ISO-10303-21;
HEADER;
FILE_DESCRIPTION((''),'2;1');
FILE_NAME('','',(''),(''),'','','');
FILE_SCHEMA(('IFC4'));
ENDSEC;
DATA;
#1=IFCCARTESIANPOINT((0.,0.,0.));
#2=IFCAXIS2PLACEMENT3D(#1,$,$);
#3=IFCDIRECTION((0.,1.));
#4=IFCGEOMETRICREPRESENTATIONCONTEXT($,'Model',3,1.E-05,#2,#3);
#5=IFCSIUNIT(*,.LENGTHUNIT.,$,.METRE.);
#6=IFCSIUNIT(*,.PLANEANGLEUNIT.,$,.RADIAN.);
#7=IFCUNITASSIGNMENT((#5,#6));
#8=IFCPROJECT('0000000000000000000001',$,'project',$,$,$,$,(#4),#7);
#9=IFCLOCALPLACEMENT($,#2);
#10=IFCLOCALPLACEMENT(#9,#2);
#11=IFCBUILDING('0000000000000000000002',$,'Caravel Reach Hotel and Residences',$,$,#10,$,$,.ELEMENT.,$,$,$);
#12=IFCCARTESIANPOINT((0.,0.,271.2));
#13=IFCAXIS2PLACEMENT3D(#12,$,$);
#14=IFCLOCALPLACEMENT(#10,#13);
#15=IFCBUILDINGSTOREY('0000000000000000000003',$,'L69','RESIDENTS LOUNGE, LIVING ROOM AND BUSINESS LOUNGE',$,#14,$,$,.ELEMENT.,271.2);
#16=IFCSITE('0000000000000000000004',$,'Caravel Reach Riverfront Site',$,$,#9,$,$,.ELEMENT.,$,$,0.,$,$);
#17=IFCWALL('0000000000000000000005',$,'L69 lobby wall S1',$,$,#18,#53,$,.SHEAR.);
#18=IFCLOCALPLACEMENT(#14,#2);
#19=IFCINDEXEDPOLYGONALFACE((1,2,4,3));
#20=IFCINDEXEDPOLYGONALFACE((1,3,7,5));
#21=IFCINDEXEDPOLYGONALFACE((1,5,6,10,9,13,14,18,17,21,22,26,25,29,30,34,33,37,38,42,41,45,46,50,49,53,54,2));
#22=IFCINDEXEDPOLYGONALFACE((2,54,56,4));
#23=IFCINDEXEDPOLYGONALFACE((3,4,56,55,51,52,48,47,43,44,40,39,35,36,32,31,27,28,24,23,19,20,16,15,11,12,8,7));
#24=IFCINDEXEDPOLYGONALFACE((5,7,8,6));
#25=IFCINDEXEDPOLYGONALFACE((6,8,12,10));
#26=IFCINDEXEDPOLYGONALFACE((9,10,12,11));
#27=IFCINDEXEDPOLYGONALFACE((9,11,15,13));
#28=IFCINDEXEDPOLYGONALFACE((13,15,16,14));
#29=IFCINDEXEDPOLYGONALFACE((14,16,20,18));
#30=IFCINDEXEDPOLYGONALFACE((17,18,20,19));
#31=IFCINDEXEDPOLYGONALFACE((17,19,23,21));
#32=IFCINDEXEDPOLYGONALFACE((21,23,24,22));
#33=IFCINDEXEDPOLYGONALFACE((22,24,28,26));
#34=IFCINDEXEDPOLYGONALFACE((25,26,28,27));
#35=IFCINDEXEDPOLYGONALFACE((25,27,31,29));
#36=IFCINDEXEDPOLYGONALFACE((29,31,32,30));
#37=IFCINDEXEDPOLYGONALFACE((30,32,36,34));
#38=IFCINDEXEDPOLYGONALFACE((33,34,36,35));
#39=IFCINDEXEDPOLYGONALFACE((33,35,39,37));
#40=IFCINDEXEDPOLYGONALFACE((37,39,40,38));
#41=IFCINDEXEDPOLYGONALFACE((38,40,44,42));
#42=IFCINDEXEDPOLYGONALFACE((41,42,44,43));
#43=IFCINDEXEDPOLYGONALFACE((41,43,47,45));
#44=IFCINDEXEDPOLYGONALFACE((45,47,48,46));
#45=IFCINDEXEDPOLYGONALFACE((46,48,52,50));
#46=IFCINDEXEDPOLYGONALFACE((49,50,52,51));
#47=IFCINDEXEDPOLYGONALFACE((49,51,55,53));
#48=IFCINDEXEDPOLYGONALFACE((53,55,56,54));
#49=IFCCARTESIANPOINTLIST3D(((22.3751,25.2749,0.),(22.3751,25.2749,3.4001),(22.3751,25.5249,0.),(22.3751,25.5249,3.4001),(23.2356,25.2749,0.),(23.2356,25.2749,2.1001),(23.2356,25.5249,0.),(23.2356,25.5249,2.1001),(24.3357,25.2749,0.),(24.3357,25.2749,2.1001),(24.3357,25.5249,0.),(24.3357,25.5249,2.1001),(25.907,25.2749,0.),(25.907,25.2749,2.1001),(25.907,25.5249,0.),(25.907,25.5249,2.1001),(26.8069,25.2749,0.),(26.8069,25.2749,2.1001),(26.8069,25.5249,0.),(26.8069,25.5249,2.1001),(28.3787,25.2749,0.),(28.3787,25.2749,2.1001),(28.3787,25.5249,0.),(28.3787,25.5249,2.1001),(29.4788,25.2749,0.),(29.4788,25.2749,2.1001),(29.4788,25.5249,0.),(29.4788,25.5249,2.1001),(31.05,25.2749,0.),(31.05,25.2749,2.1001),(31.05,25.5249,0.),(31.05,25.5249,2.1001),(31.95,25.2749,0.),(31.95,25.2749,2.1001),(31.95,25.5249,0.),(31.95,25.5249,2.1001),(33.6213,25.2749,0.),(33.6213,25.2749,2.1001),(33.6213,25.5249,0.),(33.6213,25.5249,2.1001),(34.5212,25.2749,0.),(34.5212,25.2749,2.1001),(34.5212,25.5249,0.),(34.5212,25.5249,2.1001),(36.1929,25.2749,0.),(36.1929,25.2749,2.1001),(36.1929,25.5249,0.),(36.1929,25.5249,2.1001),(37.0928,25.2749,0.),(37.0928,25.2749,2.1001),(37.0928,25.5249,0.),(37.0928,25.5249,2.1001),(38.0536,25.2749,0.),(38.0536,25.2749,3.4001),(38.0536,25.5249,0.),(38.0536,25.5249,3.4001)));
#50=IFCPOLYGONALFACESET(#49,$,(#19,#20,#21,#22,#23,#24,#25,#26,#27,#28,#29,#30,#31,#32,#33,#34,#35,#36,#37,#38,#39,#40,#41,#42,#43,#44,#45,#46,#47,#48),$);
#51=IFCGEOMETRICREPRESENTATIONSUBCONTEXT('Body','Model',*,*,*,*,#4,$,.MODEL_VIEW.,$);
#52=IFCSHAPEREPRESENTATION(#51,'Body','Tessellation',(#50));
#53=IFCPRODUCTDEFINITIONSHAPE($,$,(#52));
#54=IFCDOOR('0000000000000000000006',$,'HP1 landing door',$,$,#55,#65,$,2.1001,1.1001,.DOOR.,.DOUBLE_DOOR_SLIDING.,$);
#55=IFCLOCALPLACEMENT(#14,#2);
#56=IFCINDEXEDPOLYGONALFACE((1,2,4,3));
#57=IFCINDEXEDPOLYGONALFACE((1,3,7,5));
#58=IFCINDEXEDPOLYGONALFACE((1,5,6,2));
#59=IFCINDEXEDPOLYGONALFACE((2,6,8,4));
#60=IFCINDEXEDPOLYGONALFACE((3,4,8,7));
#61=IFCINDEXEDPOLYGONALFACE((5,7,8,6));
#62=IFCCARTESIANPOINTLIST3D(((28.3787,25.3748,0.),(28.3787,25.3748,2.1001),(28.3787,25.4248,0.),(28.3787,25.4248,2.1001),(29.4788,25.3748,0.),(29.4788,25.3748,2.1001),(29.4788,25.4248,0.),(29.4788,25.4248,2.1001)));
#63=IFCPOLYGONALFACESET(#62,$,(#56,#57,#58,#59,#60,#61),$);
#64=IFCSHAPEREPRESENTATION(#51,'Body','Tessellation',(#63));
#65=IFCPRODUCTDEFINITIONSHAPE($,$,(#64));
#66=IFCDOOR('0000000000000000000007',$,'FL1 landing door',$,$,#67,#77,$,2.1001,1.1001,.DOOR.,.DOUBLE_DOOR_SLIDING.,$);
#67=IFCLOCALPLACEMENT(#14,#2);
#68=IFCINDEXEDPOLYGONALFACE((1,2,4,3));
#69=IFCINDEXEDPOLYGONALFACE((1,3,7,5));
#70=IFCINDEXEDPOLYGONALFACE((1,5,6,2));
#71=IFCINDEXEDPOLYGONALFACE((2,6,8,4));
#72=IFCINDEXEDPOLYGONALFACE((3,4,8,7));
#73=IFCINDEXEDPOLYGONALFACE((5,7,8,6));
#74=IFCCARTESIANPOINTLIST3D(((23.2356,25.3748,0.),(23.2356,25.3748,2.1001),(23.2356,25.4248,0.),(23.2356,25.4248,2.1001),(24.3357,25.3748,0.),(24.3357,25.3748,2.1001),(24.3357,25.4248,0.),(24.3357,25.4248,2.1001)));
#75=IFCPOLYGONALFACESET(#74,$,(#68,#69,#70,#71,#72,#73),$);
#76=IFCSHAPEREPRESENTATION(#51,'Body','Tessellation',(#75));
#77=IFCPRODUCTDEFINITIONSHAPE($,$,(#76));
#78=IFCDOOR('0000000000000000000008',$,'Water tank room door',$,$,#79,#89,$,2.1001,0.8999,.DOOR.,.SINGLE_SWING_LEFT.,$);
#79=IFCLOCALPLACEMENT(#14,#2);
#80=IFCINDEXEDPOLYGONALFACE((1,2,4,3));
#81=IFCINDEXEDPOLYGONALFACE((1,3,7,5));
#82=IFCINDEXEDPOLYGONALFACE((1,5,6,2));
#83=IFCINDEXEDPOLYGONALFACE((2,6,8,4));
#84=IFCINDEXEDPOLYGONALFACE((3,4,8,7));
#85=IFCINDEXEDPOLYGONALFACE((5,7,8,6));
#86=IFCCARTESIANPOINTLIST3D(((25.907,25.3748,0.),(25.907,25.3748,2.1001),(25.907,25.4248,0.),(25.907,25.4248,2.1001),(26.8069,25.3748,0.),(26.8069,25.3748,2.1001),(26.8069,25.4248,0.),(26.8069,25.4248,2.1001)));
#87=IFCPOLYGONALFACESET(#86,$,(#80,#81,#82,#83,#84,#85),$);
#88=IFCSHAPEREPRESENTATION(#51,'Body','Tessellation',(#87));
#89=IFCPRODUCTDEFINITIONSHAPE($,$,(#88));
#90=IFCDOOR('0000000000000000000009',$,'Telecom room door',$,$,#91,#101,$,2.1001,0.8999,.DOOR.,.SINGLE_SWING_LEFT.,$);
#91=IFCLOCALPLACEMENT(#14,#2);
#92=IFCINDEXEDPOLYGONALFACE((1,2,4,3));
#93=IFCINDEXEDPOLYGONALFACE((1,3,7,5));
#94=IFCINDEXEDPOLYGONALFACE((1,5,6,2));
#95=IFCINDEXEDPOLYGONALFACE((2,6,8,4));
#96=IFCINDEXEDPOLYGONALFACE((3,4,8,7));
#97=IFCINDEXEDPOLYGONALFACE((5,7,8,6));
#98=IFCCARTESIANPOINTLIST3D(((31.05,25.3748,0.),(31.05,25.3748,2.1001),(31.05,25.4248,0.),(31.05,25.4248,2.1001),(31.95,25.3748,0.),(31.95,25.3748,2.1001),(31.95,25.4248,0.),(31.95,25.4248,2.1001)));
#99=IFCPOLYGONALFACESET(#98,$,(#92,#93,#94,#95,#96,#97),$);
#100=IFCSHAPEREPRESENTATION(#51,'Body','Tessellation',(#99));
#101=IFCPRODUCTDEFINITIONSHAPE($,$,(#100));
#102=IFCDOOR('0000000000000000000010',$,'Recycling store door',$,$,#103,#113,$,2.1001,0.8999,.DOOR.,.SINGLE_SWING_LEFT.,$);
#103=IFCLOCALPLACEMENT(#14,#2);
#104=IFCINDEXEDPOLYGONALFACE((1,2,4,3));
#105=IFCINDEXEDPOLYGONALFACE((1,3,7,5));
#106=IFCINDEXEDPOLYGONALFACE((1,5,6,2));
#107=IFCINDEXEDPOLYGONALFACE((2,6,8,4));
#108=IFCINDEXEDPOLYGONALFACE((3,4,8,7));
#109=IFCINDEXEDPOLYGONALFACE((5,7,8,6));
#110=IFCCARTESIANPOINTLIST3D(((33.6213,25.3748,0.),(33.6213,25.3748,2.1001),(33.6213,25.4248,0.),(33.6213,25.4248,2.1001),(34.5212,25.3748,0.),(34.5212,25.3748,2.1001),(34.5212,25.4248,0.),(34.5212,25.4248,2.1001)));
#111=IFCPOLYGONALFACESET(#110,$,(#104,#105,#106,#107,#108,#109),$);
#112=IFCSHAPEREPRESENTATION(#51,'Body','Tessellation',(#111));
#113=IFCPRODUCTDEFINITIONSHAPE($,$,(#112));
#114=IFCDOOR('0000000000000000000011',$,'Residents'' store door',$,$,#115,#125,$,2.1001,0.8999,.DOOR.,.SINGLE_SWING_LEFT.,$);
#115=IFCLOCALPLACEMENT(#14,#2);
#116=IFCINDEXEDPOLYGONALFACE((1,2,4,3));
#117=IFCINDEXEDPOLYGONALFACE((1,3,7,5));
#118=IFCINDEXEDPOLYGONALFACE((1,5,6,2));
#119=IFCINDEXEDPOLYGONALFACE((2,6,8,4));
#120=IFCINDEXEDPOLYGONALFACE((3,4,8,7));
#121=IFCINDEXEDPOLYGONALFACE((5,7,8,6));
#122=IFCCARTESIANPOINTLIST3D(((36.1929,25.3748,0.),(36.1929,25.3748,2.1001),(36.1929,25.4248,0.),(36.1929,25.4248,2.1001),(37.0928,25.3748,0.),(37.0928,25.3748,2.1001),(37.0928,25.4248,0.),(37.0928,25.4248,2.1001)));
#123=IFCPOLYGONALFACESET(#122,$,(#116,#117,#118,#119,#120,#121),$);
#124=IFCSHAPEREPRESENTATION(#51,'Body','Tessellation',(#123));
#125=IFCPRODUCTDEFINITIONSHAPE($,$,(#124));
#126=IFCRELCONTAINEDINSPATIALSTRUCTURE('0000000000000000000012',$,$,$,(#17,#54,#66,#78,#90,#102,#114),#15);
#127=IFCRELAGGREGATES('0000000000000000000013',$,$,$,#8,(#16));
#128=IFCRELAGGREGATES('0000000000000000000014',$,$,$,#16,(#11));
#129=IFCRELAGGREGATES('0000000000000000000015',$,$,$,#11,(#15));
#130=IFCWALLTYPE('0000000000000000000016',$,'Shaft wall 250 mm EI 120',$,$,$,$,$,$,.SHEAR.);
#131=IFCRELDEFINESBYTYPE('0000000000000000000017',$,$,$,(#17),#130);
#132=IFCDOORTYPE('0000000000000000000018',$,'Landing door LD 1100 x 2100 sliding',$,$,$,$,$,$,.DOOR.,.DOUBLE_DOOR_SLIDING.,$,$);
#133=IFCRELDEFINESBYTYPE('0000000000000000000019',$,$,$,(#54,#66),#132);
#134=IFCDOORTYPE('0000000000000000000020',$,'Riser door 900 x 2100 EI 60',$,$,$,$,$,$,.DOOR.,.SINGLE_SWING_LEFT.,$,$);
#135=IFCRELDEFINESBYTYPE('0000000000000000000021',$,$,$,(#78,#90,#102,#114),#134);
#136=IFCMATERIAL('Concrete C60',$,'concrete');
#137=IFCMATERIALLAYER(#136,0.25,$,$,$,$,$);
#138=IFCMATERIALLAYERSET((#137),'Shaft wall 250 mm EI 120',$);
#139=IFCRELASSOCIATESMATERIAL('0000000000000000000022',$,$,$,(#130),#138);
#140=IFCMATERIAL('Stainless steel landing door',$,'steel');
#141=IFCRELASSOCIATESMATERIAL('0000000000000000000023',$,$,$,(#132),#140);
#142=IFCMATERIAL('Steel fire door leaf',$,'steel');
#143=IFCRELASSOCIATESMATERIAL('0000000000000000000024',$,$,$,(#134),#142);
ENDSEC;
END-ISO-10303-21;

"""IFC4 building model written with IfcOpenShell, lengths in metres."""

from ifc_helpers import new_model, si_unit, direction, frame, frame_2d, origin, place, context, subcontext, project, spatial, rectangle, extrude, material, layer, layer_set, type_object, element, fill, save


model = new_model("IFC4")

# Units and contexts
model_context = context("Model", 3, precision=1e-05, world=origin(), true_north=direction((0.0, 1.0)))
body_context = subcontext(model_context, "Body", "Model", "MODEL_VIEW")
ifc_project = project(units=[si_unit("LENGTHUNIT", "METRE"), si_unit("PLANEANGLEUNIT", "RADIAN")], contexts=[model_context])

# Site, building, storey
site_placement = place(None, origin())
site = spatial("IfcSite", under=ifc_project, at=site_placement, Name="Caravel Reach Riverfront Site", CompositionType="ELEMENT", RefElevation=0.0)
building_placement = place(site_placement, origin())
building = spatial("IfcBuilding", under=site, at=building_placement, Name="Caravel Reach Hotel and Residences", CompositionType="ELEMENT")
storey_placement = place(building_placement, frame((0.0, 0.0, 271.2)))
storey = spatial("IfcBuildingStorey", under=building, at=storey_placement, Name="L69", Description="RESIDENTS LOUNGE, LIVING ROOM AND BUSINESS LOUNGE", CompositionType="ELEMENT", Elevation=271.2)

# Wall, openings, doors
ifc_material_1 = material(Name="Concrete C60", Category="concrete")
ifc_layer_1 = layer(ifc_material_1, 0.25)
ifc_layer_set_1 = layer_set([ifc_layer_1], Name="Shaft wall 250 mm EI 120")
wall_type_1 = type_object("IfcWallType", Name="Shaft wall 250 mm EI 120", PredefinedType="SHEAR", material=ifc_layer_set_1)
wall_1_placement = place(storey_placement, frame((22.375, 25.3999, 0.0), z_axis=(0.0, 0.0, 1.0), x_axis=(1.0, 0.0, 0.0)))
wall_1 = element("IfcWall", 1, at=wall_1_placement, inside=storey, type_object=wall_type_1, Name="L69 lobby wall S1", PredefinedType="SHEAR", context=body_context, shape_type="SweptSolid", body=[
    extrude(rectangle(XDim=15.6785, YDim=0.25, at=frame_2d((7.8394, 0.0))), origin(), (0.0, 0.0, 1.0), 3.4001),
])
opening_1_placement = place(wall_1_placement, frame((6.0037, 0.0, 0.0)))
opening_1 = element("IfcOpeningElement", 2, at=opening_1_placement, cuts=wall_1, PredefinedType="OPENING", context=body_context, shape_type="SweptSolid", body=[
    extrude(rectangle(XDim=1.1001, YDim=2.1001, at=frame_2d((0.55, 1.05))), frame((0.0, 0.135, 0.0), z_axis=(0.0, -1.0, 0.0), x_axis=(1.0, 0.0, 0.0)), (0.0, 0.0, 1.0), 0.27),
])
opening_2_placement = place(wall_1_placement, frame((0.8606, 0.0, 0.0)))
opening_2 = element("IfcOpeningElement", 3, at=opening_2_placement, cuts=wall_1, PredefinedType="OPENING", context=body_context, shape_type="SweptSolid", body=[
    extrude(rectangle(XDim=1.1001, YDim=2.1001, at=frame_2d((0.55, 1.05))), frame((0.0, 0.135, 0.0), z_axis=(0.0, -1.0, 0.0), x_axis=(1.0, 0.0, 0.0)), (0.0, 0.0, 1.0), 0.27),
])
opening_3_placement = place(wall_1_placement, frame((3.532, 0.0, 0.0)))
opening_3 = element("IfcOpeningElement", 4, at=opening_3_placement, cuts=wall_1, PredefinedType="OPENING", context=body_context, shape_type="SweptSolid", body=[
    extrude(rectangle(XDim=0.8999, YDim=2.1001, at=frame_2d((0.45, 1.05))), frame((0.0, 0.135, 0.0), z_axis=(0.0, -1.0, 0.0), x_axis=(1.0, 0.0, 0.0)), (0.0, 0.0, 1.0), 0.27),
])
opening_4_placement = place(wall_1_placement, frame((8.675, 0.0, 0.0)))
opening_4 = element("IfcOpeningElement", 5, at=opening_4_placement, cuts=wall_1, PredefinedType="OPENING", context=body_context, shape_type="SweptSolid", body=[
    extrude(rectangle(XDim=0.8999, YDim=2.1001, at=frame_2d((0.45, 1.05))), frame((0.0, 0.135, 0.0), z_axis=(0.0, -1.0, 0.0), x_axis=(1.0, 0.0, 0.0)), (0.0, 0.0, 1.0), 0.27),
])
opening_5_placement = place(wall_1_placement, frame((11.2463, 0.0, 0.0)))
opening_5 = element("IfcOpeningElement", 6, at=opening_5_placement, cuts=wall_1, PredefinedType="OPENING", context=body_context, shape_type="SweptSolid", body=[
    extrude(rectangle(XDim=0.8999, YDim=2.1001, at=frame_2d((0.45, 1.05))), frame((0.0, 0.135, 0.0), z_axis=(0.0, -1.0, 0.0), x_axis=(1.0, 0.0, 0.0)), (0.0, 0.0, 1.0), 0.27),
])
opening_6_placement = place(wall_1_placement, frame((13.8179, 0.0, 0.0)))
opening_6 = element("IfcOpeningElement", 7, at=opening_6_placement, cuts=wall_1, PredefinedType="OPENING", context=body_context, shape_type="SweptSolid", body=[
    extrude(rectangle(XDim=0.8999, YDim=2.1001, at=frame_2d((0.45, 1.05))), frame((0.0, 0.135, 0.0), z_axis=(0.0, -1.0, 0.0), x_axis=(1.0, 0.0, 0.0)), (0.0, 0.0, 1.0), 0.27),
])
ifc_material_2 = material(Name="Stainless steel landing door", Category="steel")
door_type_1 = type_object("IfcDoorType", Name="Landing door LD 1100 x 2100 sliding", OperationType="DOUBLE_DOOR_SLIDING", PredefinedType="DOOR", material=ifc_material_2)
door_1_placement = place(opening_1_placement, origin())
door_1 = element("IfcDoor", 8, at=door_1_placement, inside=storey, type_object=door_type_1, Name="HP1 landing door", OperationType="DOUBLE_DOOR_SLIDING", OverallHeight=2.1001, OverallWidth=1.1001, PredefinedType="DOOR", context=body_context, shape_type="SweptSolid", body=[
    extrude(rectangle(XDim=1.1001, YDim=2.1001, at=frame_2d((0.55, 1.05))), frame((0.0, 0.0249, 0.0), z_axis=(0.0, -1.0, 0.0), x_axis=(1.0, 0.0, 0.0)), (0.0, 0.0, 1.0), 0.05),
])
fill(opening_1, door_1)
door_2_placement = place(opening_2_placement, origin())
door_2 = element("IfcDoor", 9, at=door_2_placement, inside=storey, type_object=door_type_1, Name="FL1 landing door", OperationType="DOUBLE_DOOR_SLIDING", OverallHeight=2.1001, OverallWidth=1.1001, PredefinedType="DOOR", context=body_context, shape_type="SweptSolid", body=[
    extrude(rectangle(XDim=1.1001, YDim=2.1001, at=frame_2d((0.55, 1.05))), frame((0.0, 0.0249, 0.0), z_axis=(0.0, -1.0, 0.0), x_axis=(1.0, 0.0, 0.0)), (0.0, 0.0, 1.0), 0.05),
])
fill(opening_2, door_2)
ifc_material_3 = material(Name="Steel fire door leaf", Category="steel")
door_type_2 = type_object("IfcDoorType", Name="Riser door 900 x 2100 EI 60", OperationType="SINGLE_SWING_LEFT", PredefinedType="DOOR", material=ifc_material_3)
door_3_placement = place(opening_3_placement, origin())
door_3 = element("IfcDoor", 10, at=door_3_placement, inside=storey, type_object=door_type_2, Name="Water tank room door", OperationType="SINGLE_SWING_LEFT", OverallHeight=2.1001, OverallWidth=0.8999, PredefinedType="DOOR", context=body_context, shape_type="SweptSolid", body=[
    extrude(rectangle(XDim=0.8999, YDim=2.1001, at=frame_2d((0.45, 1.05))), frame((0.0, 0.0249, 0.0), z_axis=(0.0, -1.0, 0.0), x_axis=(1.0, 0.0, 0.0)), (0.0, 0.0, 1.0), 0.05),
])
fill(opening_3, door_3)
door_4_placement = place(opening_4_placement, origin())
door_4 = element("IfcDoor", 11, at=door_4_placement, inside=storey, type_object=door_type_2, Name="Telecom room door", OperationType="SINGLE_SWING_LEFT", OverallHeight=2.1001, OverallWidth=0.8999, PredefinedType="DOOR", context=body_context, shape_type="SweptSolid", body=[
    extrude(rectangle(XDim=0.8999, YDim=2.1001, at=frame_2d((0.45, 1.05))), frame((0.0, 0.0249, 0.0), z_axis=(0.0, -1.0, 0.0), x_axis=(1.0, 0.0, 0.0)), (0.0, 0.0, 1.0), 0.05),
])
fill(opening_4, door_4)
door_5_placement = place(opening_5_placement, origin())
door_5 = element("IfcDoor", 12, at=door_5_placement, inside=storey, type_object=door_type_2, Name="Recycling store door", OperationType="SINGLE_SWING_LEFT", OverallHeight=2.1001, OverallWidth=0.8999, PredefinedType="DOOR", context=body_context, shape_type="SweptSolid", body=[
    extrude(rectangle(XDim=0.8999, YDim=2.1001, at=frame_2d((0.45, 1.05))), frame((0.0, 0.0249, 0.0), z_axis=(0.0, -1.0, 0.0), x_axis=(1.0, 0.0, 0.0)), (0.0, 0.0, 1.0), 0.05),
])
fill(opening_5, door_5)
door_6_placement = place(opening_6_placement, origin())
door_6 = element("IfcDoor", 13, at=door_6_placement, inside=storey, type_object=door_type_2, Name="Residents' store door", OperationType="SINGLE_SWING_LEFT", OverallHeight=2.1001, OverallWidth=0.8999, PredefinedType="DOOR", context=body_context, shape_type="SweptSolid", body=[
    extrude(rectangle(XDim=0.8999, YDim=2.1001, at=frame_2d((0.45, 1.05))), frame((0.0, 0.0249, 0.0), z_axis=(0.0, -1.0, 0.0), x_axis=(1.0, 0.0, 0.0)), (0.0, 0.0, 1.0), 0.05),
])
fill(opening_6, door_6)

save(model, "model.ifc")
